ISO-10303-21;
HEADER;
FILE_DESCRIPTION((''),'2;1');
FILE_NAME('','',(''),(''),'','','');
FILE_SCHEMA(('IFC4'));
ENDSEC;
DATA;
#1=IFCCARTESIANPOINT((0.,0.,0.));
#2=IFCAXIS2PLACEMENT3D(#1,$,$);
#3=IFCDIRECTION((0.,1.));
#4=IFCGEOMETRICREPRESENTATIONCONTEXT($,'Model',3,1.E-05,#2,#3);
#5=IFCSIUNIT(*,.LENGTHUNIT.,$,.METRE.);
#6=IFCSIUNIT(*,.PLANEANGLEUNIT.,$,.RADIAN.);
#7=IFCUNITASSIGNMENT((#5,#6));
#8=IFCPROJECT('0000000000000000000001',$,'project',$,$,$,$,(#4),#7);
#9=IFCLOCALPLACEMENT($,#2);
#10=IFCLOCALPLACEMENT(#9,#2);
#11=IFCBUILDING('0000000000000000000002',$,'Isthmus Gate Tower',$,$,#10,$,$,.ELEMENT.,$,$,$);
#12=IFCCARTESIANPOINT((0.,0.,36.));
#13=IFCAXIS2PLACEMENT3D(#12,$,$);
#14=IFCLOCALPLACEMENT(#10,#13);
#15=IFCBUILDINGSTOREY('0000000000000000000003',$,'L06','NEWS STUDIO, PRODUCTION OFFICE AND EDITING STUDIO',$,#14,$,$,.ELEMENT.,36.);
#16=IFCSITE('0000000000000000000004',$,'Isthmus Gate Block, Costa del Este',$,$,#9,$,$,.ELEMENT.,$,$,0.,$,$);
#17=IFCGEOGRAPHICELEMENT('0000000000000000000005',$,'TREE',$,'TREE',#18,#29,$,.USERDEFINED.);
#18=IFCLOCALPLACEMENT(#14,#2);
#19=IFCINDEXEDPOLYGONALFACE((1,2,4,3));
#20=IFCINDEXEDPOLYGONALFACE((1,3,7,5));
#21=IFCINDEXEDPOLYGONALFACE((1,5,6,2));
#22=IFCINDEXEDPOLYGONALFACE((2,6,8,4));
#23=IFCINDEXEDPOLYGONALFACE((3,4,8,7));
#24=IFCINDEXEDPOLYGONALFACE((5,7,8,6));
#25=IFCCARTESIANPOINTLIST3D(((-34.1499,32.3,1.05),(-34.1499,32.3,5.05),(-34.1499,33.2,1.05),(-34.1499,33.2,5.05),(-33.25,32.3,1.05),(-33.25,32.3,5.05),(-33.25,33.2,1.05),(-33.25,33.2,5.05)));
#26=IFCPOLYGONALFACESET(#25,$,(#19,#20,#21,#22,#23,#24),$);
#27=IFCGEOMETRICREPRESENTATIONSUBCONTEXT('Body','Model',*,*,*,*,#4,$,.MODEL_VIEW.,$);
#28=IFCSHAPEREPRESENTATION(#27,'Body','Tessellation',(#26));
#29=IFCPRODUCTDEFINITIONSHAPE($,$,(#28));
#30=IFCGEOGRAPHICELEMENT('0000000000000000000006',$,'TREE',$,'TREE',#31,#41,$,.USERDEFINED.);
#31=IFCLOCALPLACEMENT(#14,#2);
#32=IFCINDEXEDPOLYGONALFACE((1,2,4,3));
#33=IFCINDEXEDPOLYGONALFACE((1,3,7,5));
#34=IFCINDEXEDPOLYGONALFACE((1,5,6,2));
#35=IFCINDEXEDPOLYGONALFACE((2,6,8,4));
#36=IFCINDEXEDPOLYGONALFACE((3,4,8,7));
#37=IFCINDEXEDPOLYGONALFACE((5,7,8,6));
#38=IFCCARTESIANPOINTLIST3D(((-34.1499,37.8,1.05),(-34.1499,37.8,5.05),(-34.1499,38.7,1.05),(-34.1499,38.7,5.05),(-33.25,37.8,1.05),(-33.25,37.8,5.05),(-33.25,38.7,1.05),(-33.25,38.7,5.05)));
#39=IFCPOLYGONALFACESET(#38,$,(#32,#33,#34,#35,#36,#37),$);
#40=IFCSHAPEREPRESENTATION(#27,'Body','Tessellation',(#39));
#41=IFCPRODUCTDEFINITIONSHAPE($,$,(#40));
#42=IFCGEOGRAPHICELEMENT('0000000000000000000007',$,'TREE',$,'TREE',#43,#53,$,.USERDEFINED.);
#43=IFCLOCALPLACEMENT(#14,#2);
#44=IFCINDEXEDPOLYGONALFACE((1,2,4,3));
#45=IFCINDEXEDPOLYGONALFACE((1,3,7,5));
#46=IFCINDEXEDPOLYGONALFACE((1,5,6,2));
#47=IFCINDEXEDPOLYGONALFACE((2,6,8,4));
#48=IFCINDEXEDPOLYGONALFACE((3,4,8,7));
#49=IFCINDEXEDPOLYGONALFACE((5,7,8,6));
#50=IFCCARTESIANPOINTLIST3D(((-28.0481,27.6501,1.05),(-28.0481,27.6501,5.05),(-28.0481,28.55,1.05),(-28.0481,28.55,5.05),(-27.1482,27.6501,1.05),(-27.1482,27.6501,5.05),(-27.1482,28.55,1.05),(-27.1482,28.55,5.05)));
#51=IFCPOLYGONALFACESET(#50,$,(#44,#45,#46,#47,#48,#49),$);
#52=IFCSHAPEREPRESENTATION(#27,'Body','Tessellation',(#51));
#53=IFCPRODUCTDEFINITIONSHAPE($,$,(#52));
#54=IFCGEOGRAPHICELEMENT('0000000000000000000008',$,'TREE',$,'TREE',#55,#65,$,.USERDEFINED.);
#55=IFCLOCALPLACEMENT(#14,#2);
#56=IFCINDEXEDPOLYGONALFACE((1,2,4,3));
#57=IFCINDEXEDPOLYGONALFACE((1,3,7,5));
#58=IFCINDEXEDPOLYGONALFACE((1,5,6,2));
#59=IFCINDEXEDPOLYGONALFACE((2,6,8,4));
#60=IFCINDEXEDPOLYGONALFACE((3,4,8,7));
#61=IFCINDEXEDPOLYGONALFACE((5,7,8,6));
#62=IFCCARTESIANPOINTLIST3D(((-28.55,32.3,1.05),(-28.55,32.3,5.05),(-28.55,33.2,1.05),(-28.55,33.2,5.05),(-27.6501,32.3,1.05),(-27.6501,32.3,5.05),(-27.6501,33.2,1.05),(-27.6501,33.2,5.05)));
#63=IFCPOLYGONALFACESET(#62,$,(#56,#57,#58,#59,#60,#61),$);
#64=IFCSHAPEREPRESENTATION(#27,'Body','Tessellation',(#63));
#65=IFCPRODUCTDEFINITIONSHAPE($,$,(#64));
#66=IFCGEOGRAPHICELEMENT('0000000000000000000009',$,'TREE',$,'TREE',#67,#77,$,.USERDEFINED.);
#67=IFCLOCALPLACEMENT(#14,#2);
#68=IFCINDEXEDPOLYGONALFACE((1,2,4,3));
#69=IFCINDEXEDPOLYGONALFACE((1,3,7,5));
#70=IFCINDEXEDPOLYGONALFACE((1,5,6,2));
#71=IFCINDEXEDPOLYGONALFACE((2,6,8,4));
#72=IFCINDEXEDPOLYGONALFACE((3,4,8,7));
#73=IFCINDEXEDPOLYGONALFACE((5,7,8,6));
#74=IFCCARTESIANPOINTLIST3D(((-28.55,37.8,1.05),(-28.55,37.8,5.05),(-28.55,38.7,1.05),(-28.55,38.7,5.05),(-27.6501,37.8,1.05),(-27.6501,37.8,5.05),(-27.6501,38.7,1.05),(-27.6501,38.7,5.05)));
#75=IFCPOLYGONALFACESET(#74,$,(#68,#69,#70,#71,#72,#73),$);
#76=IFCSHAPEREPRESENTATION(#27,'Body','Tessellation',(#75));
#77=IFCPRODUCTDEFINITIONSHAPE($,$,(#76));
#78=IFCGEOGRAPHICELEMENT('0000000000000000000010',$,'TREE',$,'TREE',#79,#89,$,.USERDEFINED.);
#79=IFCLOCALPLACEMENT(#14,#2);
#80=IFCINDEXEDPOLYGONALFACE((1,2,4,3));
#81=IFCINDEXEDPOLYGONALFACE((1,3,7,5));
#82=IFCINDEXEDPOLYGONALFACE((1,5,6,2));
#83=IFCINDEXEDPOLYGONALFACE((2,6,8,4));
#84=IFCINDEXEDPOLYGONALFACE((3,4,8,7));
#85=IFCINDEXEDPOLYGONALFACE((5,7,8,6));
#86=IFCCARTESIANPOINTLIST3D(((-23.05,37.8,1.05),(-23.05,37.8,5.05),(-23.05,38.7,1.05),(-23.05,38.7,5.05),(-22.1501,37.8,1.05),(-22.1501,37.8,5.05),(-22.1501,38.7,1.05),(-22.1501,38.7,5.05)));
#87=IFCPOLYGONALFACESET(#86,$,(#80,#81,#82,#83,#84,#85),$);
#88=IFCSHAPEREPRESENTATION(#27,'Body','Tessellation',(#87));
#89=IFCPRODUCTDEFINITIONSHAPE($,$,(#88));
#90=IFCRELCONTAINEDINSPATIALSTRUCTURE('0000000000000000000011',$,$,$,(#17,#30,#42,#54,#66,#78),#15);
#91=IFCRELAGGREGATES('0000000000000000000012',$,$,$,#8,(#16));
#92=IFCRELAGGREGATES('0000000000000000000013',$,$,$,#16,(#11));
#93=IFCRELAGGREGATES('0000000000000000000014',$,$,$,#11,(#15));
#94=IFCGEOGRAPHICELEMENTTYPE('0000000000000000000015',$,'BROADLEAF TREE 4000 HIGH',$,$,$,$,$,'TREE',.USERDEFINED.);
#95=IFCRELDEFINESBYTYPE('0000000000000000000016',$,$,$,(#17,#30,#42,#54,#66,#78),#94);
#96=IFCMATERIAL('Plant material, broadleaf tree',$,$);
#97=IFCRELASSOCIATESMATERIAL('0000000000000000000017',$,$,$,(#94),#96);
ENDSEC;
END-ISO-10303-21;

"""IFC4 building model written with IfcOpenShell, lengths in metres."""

from ifc_helpers import new_model, si_unit, direction, frame, origin, origin_2d, place, context, subcontext, project, spatial, rectangle, extrude, material, type_object, element, save


model = new_model("IFC4")

# Units and contexts
model_context = context("Model", 3, precision=1e-05, world=origin(), true_north=direction((0.0, 1.0)))
body_context = subcontext(model_context, "Body", "Model", "MODEL_VIEW")
ifc_project = project(units=[si_unit("LENGTHUNIT", "METRE"), si_unit("PLANEANGLEUNIT", "RADIAN")], contexts=[model_context])

# Site, building, storey
site_placement = place(None, origin())
site = spatial("IfcSite", under=ifc_project, at=site_placement, Name="Isthmus Gate Block, Costa del Este", CompositionType="ELEMENT", RefElevation=0.0)
building_placement = place(site_placement, origin())
building = spatial("IfcBuilding", under=site, at=building_placement, Name="Isthmus Gate Tower", CompositionType="ELEMENT")
storey_placement = place(building_placement, frame((0.0, 0.0, 36.0)))
storey = spatial("IfcBuildingStorey", under=building, at=storey_placement, Name="L06", Description="NEWS STUDIO, PRODUCTION OFFICE AND EDITING STUDIO", CompositionType="ELEMENT", Elevation=36.0)

# Geographic elements
ifc_material_1 = material(Name="Plant material, broadleaf tree")
geographic_element_type = type_object("IfcGeographicElementType", Name="BROADLEAF TREE 4000 HIGH", ElementType="TREE", PredefinedType="USERDEFINED", material=ifc_material_1)
for number, where, z_axis, x_axis, name in (
    (1, (-33.7, 32.75, 1.05), (0.0, 0.0, 1.0), (1.0, 0.0, 0.0), "TREE"),
    (2, (-33.7, 38.25, 1.05), (0.0, 0.0, 1.0), (1.0, 0.0, 0.0), "TREE"),
    (3, (-27.5981, 28.1001, 1.05), (0.0, 0.0, 1.0), (1.0, 0.0, 0.0), "TREE"),
    (4, (-28.1001, 32.75, 1.05), (0.0, 0.0, 1.0), (1.0, 0.0, 0.0), "TREE"),
    (5, (-28.1001, 38.25, 1.05), (0.0, 0.0, 1.0), (1.0, 0.0, 0.0), "TREE"),
    (6, (-22.6001, 38.25, 1.05), (0.0, 0.0, 1.0), (1.0, 0.0, 0.0), "TREE"),
):
    element("IfcGeographicElement", number, at=place(storey_placement, frame(where, z_axis=z_axis, x_axis=x_axis)), inside=storey, type_object=geographic_element_type, Name=name, ObjectType="TREE", PredefinedType="USERDEFINED", context=body_context, shape_type="SweptSolid", body=[
        extrude(rectangle(XDim=0.8999, YDim=0.8999, at=origin_2d()), origin(), (0.0, 0.0, 1.0), 4.0),
    ])

save(model, "model.ifc")
